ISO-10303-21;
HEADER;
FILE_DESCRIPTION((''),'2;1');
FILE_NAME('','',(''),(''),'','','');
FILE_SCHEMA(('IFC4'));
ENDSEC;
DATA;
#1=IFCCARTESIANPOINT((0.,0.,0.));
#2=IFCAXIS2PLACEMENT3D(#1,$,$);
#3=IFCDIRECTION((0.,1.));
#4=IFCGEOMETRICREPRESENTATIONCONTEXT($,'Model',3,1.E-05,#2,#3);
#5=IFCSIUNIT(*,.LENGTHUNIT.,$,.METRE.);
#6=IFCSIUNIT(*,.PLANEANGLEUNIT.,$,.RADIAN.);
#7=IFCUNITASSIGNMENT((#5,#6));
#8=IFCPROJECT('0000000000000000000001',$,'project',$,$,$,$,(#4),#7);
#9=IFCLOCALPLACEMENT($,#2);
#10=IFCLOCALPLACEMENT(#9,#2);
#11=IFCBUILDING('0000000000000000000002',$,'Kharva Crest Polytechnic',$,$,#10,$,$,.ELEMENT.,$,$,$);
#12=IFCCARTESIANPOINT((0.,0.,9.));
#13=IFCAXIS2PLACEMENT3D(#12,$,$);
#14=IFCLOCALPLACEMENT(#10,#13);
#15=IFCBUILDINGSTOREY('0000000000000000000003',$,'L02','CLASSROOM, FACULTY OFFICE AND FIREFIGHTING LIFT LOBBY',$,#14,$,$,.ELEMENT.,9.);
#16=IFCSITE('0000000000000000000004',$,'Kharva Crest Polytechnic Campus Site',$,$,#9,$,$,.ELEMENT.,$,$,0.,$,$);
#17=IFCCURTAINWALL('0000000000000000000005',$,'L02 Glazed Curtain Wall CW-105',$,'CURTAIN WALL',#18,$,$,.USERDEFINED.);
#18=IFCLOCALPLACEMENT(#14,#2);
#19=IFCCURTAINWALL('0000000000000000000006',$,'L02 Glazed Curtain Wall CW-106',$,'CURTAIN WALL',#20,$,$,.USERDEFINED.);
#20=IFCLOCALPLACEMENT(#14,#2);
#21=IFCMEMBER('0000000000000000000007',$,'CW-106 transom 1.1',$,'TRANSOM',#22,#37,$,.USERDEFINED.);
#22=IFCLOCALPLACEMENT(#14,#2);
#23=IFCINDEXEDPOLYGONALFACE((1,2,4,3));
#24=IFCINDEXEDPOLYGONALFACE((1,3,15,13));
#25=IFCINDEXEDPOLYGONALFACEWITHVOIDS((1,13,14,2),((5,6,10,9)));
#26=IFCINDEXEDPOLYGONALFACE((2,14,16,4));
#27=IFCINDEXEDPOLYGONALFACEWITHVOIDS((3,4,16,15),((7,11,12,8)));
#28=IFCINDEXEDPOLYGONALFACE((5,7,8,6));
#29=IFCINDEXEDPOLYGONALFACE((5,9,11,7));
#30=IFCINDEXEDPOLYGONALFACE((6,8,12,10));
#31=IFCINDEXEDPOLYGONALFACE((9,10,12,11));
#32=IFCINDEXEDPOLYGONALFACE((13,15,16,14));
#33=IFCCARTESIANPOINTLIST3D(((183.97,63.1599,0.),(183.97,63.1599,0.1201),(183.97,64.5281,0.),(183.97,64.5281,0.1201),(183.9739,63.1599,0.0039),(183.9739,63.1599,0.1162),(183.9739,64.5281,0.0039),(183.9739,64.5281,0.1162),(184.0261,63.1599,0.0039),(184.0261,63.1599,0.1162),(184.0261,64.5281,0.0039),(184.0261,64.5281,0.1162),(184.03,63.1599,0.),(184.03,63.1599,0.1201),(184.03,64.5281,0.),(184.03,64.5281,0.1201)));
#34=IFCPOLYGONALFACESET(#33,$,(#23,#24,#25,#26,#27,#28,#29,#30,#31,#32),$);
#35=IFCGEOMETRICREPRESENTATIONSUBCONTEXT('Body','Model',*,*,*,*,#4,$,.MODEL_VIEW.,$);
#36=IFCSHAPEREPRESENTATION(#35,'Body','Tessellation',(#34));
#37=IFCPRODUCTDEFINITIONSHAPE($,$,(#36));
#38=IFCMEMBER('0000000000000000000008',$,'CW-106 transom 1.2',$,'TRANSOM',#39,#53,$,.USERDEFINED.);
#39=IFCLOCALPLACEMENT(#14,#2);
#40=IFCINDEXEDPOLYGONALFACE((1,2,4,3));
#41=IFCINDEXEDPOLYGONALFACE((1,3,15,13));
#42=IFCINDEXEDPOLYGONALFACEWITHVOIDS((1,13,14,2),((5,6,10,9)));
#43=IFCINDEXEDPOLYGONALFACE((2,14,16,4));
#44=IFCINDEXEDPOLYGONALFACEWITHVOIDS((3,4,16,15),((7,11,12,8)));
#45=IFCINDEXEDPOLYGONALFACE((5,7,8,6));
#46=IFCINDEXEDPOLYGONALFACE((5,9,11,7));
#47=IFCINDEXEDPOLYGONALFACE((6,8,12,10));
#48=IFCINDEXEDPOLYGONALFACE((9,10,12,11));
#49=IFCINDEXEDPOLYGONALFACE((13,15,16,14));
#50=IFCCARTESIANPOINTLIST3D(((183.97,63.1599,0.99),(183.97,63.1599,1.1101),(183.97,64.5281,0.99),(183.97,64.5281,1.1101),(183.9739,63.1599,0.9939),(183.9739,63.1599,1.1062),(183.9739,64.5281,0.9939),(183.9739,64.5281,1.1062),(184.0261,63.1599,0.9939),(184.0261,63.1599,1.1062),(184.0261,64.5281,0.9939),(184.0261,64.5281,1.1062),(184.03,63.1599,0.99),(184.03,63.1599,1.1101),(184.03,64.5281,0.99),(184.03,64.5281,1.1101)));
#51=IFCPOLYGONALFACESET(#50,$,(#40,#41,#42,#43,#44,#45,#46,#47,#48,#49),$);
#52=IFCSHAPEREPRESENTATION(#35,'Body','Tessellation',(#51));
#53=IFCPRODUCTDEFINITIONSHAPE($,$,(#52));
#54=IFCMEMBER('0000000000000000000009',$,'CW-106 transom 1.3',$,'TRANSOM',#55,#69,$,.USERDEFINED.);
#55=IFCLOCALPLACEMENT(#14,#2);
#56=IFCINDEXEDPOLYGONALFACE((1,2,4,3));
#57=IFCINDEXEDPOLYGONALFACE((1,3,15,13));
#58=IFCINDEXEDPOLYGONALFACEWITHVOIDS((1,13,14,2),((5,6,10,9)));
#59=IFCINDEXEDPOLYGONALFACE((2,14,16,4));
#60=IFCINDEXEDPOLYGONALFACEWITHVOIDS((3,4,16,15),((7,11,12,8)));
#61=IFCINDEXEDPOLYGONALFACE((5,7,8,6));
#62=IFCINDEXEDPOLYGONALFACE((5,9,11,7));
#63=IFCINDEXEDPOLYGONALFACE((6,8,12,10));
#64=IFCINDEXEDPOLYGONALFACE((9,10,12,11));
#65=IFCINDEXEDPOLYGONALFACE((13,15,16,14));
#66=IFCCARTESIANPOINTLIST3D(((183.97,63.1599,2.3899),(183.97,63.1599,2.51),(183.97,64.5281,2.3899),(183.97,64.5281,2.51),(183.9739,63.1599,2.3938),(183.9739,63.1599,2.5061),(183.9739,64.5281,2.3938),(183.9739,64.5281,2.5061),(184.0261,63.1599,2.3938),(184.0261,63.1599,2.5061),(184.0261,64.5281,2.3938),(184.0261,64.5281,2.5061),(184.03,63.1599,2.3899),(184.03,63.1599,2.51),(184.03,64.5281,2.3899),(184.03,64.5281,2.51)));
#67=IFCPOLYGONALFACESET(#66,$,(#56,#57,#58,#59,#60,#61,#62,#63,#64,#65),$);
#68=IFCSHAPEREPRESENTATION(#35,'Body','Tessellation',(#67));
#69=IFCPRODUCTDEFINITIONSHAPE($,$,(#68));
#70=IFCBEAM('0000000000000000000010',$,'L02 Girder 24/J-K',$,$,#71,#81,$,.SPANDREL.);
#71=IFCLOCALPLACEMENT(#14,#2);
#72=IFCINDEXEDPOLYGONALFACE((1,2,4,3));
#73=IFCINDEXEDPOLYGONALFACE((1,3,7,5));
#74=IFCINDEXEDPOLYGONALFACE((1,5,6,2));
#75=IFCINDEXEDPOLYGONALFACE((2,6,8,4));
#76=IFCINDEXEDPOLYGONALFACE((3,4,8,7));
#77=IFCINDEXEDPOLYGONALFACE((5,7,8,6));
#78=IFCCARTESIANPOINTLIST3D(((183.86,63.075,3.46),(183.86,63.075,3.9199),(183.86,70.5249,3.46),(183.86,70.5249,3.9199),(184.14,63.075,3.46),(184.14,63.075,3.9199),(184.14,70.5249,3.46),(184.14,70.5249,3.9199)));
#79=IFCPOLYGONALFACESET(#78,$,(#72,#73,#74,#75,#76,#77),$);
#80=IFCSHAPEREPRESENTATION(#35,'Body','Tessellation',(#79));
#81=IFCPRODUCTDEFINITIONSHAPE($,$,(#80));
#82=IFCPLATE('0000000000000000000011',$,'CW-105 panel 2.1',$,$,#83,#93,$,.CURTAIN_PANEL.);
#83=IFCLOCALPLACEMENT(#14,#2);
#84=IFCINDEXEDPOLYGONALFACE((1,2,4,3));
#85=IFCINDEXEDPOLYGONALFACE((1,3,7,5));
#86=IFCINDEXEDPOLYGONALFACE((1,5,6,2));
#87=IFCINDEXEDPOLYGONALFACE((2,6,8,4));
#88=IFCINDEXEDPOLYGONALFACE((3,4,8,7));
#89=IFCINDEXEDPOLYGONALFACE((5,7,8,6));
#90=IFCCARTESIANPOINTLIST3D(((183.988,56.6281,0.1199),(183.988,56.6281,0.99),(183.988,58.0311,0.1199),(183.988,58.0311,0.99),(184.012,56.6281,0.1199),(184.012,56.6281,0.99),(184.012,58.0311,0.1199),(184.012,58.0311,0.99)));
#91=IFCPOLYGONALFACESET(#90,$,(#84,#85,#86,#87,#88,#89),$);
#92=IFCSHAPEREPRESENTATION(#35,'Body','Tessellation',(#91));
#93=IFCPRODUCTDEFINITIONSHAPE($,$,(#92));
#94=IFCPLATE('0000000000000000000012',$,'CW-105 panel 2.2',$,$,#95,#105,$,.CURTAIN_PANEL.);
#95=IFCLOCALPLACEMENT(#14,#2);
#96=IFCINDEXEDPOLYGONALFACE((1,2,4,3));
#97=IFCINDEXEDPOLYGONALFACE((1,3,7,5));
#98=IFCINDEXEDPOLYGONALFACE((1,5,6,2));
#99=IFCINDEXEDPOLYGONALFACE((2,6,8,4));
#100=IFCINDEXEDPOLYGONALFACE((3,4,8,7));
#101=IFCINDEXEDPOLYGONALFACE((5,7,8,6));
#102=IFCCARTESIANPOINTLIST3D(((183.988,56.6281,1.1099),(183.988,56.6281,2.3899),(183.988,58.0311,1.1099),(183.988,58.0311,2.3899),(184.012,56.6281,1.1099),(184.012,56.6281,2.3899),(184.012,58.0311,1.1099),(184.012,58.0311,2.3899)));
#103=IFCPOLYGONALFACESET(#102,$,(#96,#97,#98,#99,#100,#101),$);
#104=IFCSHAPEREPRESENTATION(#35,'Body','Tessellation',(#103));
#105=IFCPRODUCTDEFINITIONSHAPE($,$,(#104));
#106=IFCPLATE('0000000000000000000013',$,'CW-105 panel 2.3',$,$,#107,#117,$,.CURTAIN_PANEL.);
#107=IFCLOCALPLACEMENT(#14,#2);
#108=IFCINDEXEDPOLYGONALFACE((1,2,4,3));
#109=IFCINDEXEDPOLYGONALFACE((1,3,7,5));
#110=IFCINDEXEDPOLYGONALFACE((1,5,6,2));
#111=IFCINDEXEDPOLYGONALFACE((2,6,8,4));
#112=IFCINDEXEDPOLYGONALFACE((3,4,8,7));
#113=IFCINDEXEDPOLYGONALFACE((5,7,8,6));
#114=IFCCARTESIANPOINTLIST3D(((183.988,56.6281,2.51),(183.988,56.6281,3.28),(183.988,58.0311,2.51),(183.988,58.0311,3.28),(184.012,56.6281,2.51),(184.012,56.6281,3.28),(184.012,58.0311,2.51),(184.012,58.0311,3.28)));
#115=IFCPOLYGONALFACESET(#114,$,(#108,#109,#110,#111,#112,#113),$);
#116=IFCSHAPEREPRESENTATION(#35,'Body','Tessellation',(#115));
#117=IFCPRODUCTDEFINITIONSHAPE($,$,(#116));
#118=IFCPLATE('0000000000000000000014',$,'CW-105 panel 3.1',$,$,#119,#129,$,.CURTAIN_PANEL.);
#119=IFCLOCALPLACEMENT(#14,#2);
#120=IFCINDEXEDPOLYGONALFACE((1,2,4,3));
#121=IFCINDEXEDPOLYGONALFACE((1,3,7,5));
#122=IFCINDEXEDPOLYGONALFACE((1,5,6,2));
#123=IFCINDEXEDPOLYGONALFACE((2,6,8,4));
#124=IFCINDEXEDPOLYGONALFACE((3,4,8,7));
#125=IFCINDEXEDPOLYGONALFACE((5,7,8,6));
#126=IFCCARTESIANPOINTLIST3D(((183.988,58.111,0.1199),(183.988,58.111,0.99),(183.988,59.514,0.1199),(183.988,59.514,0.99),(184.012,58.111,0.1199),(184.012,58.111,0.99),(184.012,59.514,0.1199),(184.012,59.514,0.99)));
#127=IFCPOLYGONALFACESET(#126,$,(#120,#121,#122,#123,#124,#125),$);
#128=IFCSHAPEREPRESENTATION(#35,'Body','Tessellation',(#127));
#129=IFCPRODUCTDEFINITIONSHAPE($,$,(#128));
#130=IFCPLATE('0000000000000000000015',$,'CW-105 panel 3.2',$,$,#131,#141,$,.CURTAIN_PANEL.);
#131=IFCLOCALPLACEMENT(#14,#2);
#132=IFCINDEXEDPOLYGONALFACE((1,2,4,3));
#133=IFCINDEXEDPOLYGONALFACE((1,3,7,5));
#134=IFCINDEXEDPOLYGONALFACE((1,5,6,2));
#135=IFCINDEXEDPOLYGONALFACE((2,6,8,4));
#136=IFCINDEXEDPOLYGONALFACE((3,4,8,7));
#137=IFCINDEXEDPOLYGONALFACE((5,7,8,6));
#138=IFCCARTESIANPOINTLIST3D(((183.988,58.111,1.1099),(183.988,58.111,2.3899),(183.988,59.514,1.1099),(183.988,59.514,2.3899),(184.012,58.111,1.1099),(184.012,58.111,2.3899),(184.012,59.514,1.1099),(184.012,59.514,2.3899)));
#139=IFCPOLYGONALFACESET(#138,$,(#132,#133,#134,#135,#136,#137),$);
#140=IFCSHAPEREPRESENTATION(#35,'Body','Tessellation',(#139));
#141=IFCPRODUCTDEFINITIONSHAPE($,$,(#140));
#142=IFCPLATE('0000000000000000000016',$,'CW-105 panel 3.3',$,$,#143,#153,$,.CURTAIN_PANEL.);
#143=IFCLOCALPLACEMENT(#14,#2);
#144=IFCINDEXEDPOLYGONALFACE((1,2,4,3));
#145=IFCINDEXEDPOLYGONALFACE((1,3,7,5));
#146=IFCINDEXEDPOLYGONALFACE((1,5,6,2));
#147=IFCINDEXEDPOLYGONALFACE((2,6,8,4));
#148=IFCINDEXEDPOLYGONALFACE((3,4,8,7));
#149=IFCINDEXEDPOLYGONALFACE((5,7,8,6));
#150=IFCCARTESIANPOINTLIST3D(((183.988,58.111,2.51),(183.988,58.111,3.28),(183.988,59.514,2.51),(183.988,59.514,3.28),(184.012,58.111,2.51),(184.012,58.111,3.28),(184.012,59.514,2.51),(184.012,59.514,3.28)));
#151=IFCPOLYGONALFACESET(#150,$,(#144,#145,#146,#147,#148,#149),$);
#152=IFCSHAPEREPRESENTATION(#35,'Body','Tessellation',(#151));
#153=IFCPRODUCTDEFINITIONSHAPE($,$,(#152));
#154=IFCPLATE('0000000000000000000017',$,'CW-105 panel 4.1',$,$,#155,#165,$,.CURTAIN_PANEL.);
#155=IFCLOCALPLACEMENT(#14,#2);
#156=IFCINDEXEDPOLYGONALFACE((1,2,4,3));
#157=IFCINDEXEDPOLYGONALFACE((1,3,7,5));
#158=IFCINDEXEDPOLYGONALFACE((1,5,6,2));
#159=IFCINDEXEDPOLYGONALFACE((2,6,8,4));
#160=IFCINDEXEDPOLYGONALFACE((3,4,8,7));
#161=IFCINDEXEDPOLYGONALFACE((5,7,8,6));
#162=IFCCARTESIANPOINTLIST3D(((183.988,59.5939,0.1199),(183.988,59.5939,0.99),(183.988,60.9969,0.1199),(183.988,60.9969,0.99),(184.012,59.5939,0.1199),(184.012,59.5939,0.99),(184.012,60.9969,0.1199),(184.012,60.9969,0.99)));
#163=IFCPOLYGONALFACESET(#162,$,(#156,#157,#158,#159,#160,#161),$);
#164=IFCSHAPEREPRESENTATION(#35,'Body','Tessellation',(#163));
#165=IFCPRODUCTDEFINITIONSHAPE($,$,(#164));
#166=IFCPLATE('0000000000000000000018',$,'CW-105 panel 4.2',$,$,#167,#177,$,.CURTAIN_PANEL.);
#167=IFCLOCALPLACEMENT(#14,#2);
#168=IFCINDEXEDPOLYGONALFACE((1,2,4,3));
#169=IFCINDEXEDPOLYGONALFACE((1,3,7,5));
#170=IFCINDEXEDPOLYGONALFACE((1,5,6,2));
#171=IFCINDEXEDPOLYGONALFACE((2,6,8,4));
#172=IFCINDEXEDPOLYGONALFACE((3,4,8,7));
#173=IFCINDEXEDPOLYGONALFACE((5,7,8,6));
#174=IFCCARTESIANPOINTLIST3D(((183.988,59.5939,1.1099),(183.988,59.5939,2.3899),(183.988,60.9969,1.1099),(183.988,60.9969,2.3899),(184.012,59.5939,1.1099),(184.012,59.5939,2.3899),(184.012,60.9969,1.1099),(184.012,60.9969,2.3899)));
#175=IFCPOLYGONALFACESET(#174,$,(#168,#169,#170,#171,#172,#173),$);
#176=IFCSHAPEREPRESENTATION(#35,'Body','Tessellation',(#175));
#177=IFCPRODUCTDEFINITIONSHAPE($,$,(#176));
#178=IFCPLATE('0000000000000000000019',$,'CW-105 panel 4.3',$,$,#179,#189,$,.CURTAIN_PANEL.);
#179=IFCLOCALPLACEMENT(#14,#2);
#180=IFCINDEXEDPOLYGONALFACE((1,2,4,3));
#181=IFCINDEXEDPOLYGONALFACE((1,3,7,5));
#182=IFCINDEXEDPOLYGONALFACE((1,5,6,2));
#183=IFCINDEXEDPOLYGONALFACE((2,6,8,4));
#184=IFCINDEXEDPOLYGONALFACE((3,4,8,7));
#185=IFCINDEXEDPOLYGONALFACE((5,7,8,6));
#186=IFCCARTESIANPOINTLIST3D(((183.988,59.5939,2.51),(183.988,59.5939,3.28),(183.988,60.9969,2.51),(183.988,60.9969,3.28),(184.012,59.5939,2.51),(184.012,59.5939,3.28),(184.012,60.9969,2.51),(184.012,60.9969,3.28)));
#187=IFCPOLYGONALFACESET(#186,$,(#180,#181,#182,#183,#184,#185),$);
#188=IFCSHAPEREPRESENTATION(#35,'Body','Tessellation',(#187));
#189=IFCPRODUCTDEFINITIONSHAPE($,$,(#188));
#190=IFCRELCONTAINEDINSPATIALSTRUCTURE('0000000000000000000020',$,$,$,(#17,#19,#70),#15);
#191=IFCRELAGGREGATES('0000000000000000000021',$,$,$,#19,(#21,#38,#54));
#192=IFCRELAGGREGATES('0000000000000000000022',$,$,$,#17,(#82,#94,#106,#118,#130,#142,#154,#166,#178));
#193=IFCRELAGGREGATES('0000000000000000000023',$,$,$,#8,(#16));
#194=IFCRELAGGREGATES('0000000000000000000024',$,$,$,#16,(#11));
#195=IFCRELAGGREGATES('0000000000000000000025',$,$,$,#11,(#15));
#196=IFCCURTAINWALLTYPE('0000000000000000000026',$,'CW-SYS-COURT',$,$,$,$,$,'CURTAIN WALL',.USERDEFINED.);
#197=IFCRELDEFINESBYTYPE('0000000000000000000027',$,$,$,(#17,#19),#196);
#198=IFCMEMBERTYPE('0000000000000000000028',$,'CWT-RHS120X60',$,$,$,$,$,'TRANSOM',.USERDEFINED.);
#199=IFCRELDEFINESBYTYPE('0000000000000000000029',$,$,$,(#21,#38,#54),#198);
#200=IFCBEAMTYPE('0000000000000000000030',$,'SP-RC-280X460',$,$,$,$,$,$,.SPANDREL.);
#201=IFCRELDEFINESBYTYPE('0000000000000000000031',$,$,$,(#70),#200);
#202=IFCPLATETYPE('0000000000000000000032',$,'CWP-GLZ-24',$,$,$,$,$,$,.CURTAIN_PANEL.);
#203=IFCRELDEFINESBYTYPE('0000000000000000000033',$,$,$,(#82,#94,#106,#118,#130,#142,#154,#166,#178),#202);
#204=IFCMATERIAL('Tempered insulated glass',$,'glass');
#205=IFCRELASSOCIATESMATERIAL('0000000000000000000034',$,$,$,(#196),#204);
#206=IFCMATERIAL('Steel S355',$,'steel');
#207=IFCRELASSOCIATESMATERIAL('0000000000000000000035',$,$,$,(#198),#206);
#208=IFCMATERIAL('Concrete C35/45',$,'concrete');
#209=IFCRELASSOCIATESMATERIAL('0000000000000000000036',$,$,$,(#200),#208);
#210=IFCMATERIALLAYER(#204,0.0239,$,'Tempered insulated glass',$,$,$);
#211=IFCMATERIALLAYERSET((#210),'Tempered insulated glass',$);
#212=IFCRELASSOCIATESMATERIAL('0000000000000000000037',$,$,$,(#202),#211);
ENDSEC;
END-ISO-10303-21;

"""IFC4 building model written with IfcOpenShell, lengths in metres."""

from ifc_helpers import new_model, si_unit, direction, frame, origin, origin_2d, place, context, subcontext, project, spatial, rectangle, hollow_rectangle, extrude, material, layer, layer_set, material_profile, profile_set, type_object, element, aggregate, save


model = new_model("IFC4")

# Units and contexts
model_context = context("Model", 3, precision=1e-05, world=origin(), true_north=direction((0.0, 1.0)))
body_context = subcontext(model_context, "Body", "Model", "MODEL_VIEW")
ifc_project = project(units=[si_unit("LENGTHUNIT", "METRE"), si_unit("PLANEANGLEUNIT", "RADIAN")], contexts=[model_context])

# Site, building, storey
site_placement = place(None, origin())
site = spatial("IfcSite", under=ifc_project, at=site_placement, Name="Kharva Crest Polytechnic Campus Site", CompositionType="ELEMENT", RefElevation=0.0)
building_placement = place(site_placement, origin())
building = spatial("IfcBuilding", under=site, at=building_placement, Name="Kharva Crest Polytechnic", CompositionType="ELEMENT")
storey_placement = place(building_placement, frame((0.0, 0.0, 9.0)))
storey = spatial("IfcBuildingStorey", under=building, at=storey_placement, Name="L02", Description="CLASSROOM, FACULTY OFFICE AND FIREFIGHTING LIFT LOBBY", CompositionType="ELEMENT", Elevation=9.0)

# Curtain wall
ifc_material_1 = material(Name="Tempered insulated glass", Category="glass")
curtain_wall_type = type_object("IfcCurtainWallType", Name="CW-SYS-COURT", ElementType="CURTAIN WALL", PredefinedType="USERDEFINED", material=ifc_material_1)
curtain_wall_1_placement = place(storey_placement, origin())
curtain_wall_1 = element("IfcCurtainWall", 1, at=curtain_wall_1_placement, inside=storey, type_object=curtain_wall_type, Name="L02 Glazed Curtain Wall CW-105", ObjectType="CURTAIN WALL", PredefinedType="USERDEFINED")
ifc_material_2 = material(Name="Steel S355", Category="steel")

# Curtain wall
curtain_wall_2_placement = place(storey_placement, origin())
curtain_wall_2 = element("IfcCurtainWall", 2, at=curtain_wall_2_placement, inside=storey, type_object=curtain_wall_type, Name="L02 Glazed Curtain Wall CW-106", ObjectType="CURTAIN WALL", PredefinedType="USERDEFINED")

# Members
ifc_material_profile_1 = material_profile(ifc_material_2, hollow_rectangle(XDim=0.0601, YDim=0.1201, WallThickness=0.0039, at=origin_2d()), Name="RHS 120X60X4.0")
ifc_profile_set_1 = profile_set([ifc_material_profile_1], Name="Steel S355")
member_type_1 = type_object("IfcMemberType", Name="CWT-RHS120X60", ElementType="TRANSOM", PredefinedType="USERDEFINED", material=ifc_profile_set_1)
member_1_placement = place(storey_placement, frame((184.0, 63.1599, 0.0601), z_axis=(0.0, 1.0, 0.0), x_axis=(-1.0, 0.0, 0.0)))
member_1 = element("IfcMember", 3, at=member_1_placement, type_object=member_type_1, Name="CW-106 transom 1.1", ObjectType="TRANSOM", PredefinedType="USERDEFINED", context=body_context, shape_type="SweptSolid", body=[
    extrude(hollow_rectangle(XDim=0.0601, YDim=0.1201, WallThickness=0.0039, at=origin_2d()), origin(), (0.0, 0.0, 1.0), 1.3682),
])
member_2_placement = place(storey_placement, frame((184.0, 63.1599, 1.05), z_axis=(0.0, 1.0, 0.0), x_axis=(-1.0, 0.0, 0.0)))
member_2 = element("IfcMember", 4, at=member_2_placement, type_object=member_type_1, Name="CW-106 transom 1.2", ObjectType="TRANSOM", PredefinedType="USERDEFINED", context=body_context, shape_type="SweptSolid", body=[
    extrude(hollow_rectangle(XDim=0.0601, YDim=0.1201, WallThickness=0.0039, at=origin_2d()), origin(), (0.0, 0.0, 1.0), 1.3682),
])
member_3_placement = place(storey_placement, frame((184.0, 63.1599, 2.45), z_axis=(0.0, 1.0, 0.0), x_axis=(-1.0, 0.0, 0.0)))
member_3 = element("IfcMember", 5, at=member_3_placement, type_object=member_type_1, Name="CW-106 transom 1.3", ObjectType="TRANSOM", PredefinedType="USERDEFINED", context=body_context, shape_type="SweptSolid", body=[
    extrude(hollow_rectangle(XDim=0.0601, YDim=0.1201, WallThickness=0.0039, at=origin_2d()), origin(), (0.0, 0.0, 1.0), 1.3682),
])
aggregate(curtain_wall_2, [member_1, member_2, member_3])

# Beam
ifc_material_3 = material(Name="Concrete C35/45", Category="concrete")
ifc_material_profile_2 = material_profile(ifc_material_3, rectangle(XDim=0.28, YDim=0.46, at=origin_2d()), Name="RECT 280 X 460")
ifc_profile_set_2 = profile_set([ifc_material_profile_2], Name="Concrete C35/45")
beam_type = type_object("IfcBeamType", Name="SP-RC-280X460", PredefinedType="SPANDREL", material=ifc_profile_set_2)
beam_placement = place(storey_placement, frame((184.0, 63.075, 3.6899), z_axis=(0.0, 1.0, 0.0), x_axis=(-1.0, 0.0, 0.0)))
element("IfcBeam", 6, at=beam_placement, inside=storey, type_object=beam_type, Name="L02 Girder 24/J-K", PredefinedType="SPANDREL", context=body_context, shape_type="SweptSolid", body=[
    extrude(rectangle(XDim=0.28, YDim=0.46, at=origin_2d()), origin(), (0.0, 0.0, 1.0), 7.45),
])

# Plates
ifc_layer = layer(ifc_material_1, 0.0239, Name="Tempered insulated glass")
ifc_layer_set = layer_set([ifc_layer], Name="Tempered insulated glass")
plate_type = type_object("IfcPlateType", Name="CWP-GLZ-24", PredefinedType="CURTAIN_PANEL", material=ifc_layer_set)
plate_1_placement = place(storey_placement, frame((184.0, 57.3296, 0.1199), z_axis=(0.0, 0.0, 1.0), x_axis=(0.0, 1.0, 0.0)))
plate_1 = element("IfcPlate", 7, at=plate_1_placement, type_object=plate_type, Name="CW-105 panel 2.1", PredefinedType="CURTAIN_PANEL", context=body_context, shape_type="SweptSolid", body=[
    extrude(rectangle(XDim=1.4031, YDim=0.0239, at=origin_2d()), origin(), (0.0, 0.0, 1.0), 0.8701),
])
plate_2_placement = place(storey_placement, frame((184.0, 57.3296, 1.1099), z_axis=(0.0, 0.0, 1.0), x_axis=(0.0, 1.0, 0.0)))
plate_2 = element("IfcPlate", 8, at=plate_2_placement, type_object=plate_type, Name="CW-105 panel 2.2", PredefinedType="CURTAIN_PANEL", context=body_context, shape_type="SweptSolid", body=[
    extrude(rectangle(XDim=1.4031, YDim=0.0239, at=origin_2d()), origin(), (0.0, 0.0, 1.0), 1.28),
])
plate_3_placement = place(storey_placement, frame((184.0, 57.3296, 2.51), z_axis=(0.0, 0.0, 1.0), x_axis=(0.0, 1.0, 0.0)))
plate_3 = element("IfcPlate", 9, at=plate_3_placement, type_object=plate_type, Name="CW-105 panel 2.3", PredefinedType="CURTAIN_PANEL", context=body_context, shape_type="SweptSolid", body=[
    extrude(rectangle(XDim=1.4031, YDim=0.0239, at=origin_2d()), origin(), (0.0, 0.0, 1.0), 0.77),
])
plate_4_placement = place(storey_placement, frame((184.0, 58.8125, 0.1199), z_axis=(0.0, 0.0, 1.0), x_axis=(0.0, 1.0, 0.0)))
plate_4 = element("IfcPlate", 10, at=plate_4_placement, type_object=plate_type, Name="CW-105 panel 3.1", PredefinedType="CURTAIN_PANEL", context=body_context, shape_type="SweptSolid", body=[
    extrude(rectangle(XDim=1.4031, YDim=0.0239, at=origin_2d()), origin(), (0.0, 0.0, 1.0), 0.8701),
])
plate_5_placement = place(storey_placement, frame((184.0, 58.8125, 1.1099), z_axis=(0.0, 0.0, 1.0), x_axis=(0.0, 1.0, 0.0)))
plate_5 = element("IfcPlate", 11, at=plate_5_placement, type_object=plate_type, Name="CW-105 panel 3.2", PredefinedType="CURTAIN_PANEL", context=body_context, shape_type="SweptSolid", body=[
    extrude(rectangle(XDim=1.4031, YDim=0.0239, at=origin_2d()), origin(), (0.0, 0.0, 1.0), 1.28),
])
plate_6_placement = place(storey_placement, frame((184.0, 58.8125, 2.51), z_axis=(0.0, 0.0, 1.0), x_axis=(0.0, 1.0, 0.0)))
plate_6 = element("IfcPlate", 12, at=plate_6_placement, type_object=plate_type, Name="CW-105 panel 3.3", PredefinedType="CURTAIN_PANEL", context=body_context, shape_type="SweptSolid", body=[
    extrude(rectangle(XDim=1.4031, YDim=0.0239, at=origin_2d()), origin(), (0.0, 0.0, 1.0), 0.77),
])
plate_7_placement = place(storey_placement, frame((184.0, 60.2954, 0.1199), z_axis=(0.0, 0.0, 1.0), x_axis=(0.0, 1.0, 0.0)))
plate_7 = element("IfcPlate", 13, at=plate_7_placement, type_object=plate_type, Name="CW-105 panel 4.1", PredefinedType="CURTAIN_PANEL", context=body_context, shape_type="SweptSolid", body=[
    extrude(rectangle(XDim=1.4031, YDim=0.0239, at=origin_2d()), origin(), (0.0, 0.0, 1.0), 0.8701),
])
plate_8_placement = place(storey_placement, frame((184.0, 60.2954, 1.1099), z_axis=(0.0, 0.0, 1.0), x_axis=(0.0, 1.0, 0.0)))
plate_8 = element("IfcPlate", 14, at=plate_8_placement, type_object=plate_type, Name="CW-105 panel 4.2", PredefinedType="CURTAIN_PANEL", context=body_context, shape_type="SweptSolid", body=[
    extrude(rectangle(XDim=1.4031, YDim=0.0239, at=origin_2d()), origin(), (0.0, 0.0, 1.0), 1.28),
])
plate_9_placement = place(storey_placement, frame((184.0, 60.2954, 2.51), z_axis=(0.0, 0.0, 1.0), x_axis=(0.0, 1.0, 0.0)))
plate_9 = element("IfcPlate", 15, at=plate_9_placement, type_object=plate_type, Name="CW-105 panel 4.3", PredefinedType="CURTAIN_PANEL", context=body_context, shape_type="SweptSolid", body=[
    extrude(rectangle(XDim=1.4031, YDim=0.0239, at=origin_2d()), origin(), (0.0, 0.0, 1.0), 0.77),
])
aggregate(curtain_wall_1, [plate_1, plate_2, plate_3, plate_4, plate_5, plate_6, plate_7, plate_8, plate_9])

save(model, "model.ifc")
